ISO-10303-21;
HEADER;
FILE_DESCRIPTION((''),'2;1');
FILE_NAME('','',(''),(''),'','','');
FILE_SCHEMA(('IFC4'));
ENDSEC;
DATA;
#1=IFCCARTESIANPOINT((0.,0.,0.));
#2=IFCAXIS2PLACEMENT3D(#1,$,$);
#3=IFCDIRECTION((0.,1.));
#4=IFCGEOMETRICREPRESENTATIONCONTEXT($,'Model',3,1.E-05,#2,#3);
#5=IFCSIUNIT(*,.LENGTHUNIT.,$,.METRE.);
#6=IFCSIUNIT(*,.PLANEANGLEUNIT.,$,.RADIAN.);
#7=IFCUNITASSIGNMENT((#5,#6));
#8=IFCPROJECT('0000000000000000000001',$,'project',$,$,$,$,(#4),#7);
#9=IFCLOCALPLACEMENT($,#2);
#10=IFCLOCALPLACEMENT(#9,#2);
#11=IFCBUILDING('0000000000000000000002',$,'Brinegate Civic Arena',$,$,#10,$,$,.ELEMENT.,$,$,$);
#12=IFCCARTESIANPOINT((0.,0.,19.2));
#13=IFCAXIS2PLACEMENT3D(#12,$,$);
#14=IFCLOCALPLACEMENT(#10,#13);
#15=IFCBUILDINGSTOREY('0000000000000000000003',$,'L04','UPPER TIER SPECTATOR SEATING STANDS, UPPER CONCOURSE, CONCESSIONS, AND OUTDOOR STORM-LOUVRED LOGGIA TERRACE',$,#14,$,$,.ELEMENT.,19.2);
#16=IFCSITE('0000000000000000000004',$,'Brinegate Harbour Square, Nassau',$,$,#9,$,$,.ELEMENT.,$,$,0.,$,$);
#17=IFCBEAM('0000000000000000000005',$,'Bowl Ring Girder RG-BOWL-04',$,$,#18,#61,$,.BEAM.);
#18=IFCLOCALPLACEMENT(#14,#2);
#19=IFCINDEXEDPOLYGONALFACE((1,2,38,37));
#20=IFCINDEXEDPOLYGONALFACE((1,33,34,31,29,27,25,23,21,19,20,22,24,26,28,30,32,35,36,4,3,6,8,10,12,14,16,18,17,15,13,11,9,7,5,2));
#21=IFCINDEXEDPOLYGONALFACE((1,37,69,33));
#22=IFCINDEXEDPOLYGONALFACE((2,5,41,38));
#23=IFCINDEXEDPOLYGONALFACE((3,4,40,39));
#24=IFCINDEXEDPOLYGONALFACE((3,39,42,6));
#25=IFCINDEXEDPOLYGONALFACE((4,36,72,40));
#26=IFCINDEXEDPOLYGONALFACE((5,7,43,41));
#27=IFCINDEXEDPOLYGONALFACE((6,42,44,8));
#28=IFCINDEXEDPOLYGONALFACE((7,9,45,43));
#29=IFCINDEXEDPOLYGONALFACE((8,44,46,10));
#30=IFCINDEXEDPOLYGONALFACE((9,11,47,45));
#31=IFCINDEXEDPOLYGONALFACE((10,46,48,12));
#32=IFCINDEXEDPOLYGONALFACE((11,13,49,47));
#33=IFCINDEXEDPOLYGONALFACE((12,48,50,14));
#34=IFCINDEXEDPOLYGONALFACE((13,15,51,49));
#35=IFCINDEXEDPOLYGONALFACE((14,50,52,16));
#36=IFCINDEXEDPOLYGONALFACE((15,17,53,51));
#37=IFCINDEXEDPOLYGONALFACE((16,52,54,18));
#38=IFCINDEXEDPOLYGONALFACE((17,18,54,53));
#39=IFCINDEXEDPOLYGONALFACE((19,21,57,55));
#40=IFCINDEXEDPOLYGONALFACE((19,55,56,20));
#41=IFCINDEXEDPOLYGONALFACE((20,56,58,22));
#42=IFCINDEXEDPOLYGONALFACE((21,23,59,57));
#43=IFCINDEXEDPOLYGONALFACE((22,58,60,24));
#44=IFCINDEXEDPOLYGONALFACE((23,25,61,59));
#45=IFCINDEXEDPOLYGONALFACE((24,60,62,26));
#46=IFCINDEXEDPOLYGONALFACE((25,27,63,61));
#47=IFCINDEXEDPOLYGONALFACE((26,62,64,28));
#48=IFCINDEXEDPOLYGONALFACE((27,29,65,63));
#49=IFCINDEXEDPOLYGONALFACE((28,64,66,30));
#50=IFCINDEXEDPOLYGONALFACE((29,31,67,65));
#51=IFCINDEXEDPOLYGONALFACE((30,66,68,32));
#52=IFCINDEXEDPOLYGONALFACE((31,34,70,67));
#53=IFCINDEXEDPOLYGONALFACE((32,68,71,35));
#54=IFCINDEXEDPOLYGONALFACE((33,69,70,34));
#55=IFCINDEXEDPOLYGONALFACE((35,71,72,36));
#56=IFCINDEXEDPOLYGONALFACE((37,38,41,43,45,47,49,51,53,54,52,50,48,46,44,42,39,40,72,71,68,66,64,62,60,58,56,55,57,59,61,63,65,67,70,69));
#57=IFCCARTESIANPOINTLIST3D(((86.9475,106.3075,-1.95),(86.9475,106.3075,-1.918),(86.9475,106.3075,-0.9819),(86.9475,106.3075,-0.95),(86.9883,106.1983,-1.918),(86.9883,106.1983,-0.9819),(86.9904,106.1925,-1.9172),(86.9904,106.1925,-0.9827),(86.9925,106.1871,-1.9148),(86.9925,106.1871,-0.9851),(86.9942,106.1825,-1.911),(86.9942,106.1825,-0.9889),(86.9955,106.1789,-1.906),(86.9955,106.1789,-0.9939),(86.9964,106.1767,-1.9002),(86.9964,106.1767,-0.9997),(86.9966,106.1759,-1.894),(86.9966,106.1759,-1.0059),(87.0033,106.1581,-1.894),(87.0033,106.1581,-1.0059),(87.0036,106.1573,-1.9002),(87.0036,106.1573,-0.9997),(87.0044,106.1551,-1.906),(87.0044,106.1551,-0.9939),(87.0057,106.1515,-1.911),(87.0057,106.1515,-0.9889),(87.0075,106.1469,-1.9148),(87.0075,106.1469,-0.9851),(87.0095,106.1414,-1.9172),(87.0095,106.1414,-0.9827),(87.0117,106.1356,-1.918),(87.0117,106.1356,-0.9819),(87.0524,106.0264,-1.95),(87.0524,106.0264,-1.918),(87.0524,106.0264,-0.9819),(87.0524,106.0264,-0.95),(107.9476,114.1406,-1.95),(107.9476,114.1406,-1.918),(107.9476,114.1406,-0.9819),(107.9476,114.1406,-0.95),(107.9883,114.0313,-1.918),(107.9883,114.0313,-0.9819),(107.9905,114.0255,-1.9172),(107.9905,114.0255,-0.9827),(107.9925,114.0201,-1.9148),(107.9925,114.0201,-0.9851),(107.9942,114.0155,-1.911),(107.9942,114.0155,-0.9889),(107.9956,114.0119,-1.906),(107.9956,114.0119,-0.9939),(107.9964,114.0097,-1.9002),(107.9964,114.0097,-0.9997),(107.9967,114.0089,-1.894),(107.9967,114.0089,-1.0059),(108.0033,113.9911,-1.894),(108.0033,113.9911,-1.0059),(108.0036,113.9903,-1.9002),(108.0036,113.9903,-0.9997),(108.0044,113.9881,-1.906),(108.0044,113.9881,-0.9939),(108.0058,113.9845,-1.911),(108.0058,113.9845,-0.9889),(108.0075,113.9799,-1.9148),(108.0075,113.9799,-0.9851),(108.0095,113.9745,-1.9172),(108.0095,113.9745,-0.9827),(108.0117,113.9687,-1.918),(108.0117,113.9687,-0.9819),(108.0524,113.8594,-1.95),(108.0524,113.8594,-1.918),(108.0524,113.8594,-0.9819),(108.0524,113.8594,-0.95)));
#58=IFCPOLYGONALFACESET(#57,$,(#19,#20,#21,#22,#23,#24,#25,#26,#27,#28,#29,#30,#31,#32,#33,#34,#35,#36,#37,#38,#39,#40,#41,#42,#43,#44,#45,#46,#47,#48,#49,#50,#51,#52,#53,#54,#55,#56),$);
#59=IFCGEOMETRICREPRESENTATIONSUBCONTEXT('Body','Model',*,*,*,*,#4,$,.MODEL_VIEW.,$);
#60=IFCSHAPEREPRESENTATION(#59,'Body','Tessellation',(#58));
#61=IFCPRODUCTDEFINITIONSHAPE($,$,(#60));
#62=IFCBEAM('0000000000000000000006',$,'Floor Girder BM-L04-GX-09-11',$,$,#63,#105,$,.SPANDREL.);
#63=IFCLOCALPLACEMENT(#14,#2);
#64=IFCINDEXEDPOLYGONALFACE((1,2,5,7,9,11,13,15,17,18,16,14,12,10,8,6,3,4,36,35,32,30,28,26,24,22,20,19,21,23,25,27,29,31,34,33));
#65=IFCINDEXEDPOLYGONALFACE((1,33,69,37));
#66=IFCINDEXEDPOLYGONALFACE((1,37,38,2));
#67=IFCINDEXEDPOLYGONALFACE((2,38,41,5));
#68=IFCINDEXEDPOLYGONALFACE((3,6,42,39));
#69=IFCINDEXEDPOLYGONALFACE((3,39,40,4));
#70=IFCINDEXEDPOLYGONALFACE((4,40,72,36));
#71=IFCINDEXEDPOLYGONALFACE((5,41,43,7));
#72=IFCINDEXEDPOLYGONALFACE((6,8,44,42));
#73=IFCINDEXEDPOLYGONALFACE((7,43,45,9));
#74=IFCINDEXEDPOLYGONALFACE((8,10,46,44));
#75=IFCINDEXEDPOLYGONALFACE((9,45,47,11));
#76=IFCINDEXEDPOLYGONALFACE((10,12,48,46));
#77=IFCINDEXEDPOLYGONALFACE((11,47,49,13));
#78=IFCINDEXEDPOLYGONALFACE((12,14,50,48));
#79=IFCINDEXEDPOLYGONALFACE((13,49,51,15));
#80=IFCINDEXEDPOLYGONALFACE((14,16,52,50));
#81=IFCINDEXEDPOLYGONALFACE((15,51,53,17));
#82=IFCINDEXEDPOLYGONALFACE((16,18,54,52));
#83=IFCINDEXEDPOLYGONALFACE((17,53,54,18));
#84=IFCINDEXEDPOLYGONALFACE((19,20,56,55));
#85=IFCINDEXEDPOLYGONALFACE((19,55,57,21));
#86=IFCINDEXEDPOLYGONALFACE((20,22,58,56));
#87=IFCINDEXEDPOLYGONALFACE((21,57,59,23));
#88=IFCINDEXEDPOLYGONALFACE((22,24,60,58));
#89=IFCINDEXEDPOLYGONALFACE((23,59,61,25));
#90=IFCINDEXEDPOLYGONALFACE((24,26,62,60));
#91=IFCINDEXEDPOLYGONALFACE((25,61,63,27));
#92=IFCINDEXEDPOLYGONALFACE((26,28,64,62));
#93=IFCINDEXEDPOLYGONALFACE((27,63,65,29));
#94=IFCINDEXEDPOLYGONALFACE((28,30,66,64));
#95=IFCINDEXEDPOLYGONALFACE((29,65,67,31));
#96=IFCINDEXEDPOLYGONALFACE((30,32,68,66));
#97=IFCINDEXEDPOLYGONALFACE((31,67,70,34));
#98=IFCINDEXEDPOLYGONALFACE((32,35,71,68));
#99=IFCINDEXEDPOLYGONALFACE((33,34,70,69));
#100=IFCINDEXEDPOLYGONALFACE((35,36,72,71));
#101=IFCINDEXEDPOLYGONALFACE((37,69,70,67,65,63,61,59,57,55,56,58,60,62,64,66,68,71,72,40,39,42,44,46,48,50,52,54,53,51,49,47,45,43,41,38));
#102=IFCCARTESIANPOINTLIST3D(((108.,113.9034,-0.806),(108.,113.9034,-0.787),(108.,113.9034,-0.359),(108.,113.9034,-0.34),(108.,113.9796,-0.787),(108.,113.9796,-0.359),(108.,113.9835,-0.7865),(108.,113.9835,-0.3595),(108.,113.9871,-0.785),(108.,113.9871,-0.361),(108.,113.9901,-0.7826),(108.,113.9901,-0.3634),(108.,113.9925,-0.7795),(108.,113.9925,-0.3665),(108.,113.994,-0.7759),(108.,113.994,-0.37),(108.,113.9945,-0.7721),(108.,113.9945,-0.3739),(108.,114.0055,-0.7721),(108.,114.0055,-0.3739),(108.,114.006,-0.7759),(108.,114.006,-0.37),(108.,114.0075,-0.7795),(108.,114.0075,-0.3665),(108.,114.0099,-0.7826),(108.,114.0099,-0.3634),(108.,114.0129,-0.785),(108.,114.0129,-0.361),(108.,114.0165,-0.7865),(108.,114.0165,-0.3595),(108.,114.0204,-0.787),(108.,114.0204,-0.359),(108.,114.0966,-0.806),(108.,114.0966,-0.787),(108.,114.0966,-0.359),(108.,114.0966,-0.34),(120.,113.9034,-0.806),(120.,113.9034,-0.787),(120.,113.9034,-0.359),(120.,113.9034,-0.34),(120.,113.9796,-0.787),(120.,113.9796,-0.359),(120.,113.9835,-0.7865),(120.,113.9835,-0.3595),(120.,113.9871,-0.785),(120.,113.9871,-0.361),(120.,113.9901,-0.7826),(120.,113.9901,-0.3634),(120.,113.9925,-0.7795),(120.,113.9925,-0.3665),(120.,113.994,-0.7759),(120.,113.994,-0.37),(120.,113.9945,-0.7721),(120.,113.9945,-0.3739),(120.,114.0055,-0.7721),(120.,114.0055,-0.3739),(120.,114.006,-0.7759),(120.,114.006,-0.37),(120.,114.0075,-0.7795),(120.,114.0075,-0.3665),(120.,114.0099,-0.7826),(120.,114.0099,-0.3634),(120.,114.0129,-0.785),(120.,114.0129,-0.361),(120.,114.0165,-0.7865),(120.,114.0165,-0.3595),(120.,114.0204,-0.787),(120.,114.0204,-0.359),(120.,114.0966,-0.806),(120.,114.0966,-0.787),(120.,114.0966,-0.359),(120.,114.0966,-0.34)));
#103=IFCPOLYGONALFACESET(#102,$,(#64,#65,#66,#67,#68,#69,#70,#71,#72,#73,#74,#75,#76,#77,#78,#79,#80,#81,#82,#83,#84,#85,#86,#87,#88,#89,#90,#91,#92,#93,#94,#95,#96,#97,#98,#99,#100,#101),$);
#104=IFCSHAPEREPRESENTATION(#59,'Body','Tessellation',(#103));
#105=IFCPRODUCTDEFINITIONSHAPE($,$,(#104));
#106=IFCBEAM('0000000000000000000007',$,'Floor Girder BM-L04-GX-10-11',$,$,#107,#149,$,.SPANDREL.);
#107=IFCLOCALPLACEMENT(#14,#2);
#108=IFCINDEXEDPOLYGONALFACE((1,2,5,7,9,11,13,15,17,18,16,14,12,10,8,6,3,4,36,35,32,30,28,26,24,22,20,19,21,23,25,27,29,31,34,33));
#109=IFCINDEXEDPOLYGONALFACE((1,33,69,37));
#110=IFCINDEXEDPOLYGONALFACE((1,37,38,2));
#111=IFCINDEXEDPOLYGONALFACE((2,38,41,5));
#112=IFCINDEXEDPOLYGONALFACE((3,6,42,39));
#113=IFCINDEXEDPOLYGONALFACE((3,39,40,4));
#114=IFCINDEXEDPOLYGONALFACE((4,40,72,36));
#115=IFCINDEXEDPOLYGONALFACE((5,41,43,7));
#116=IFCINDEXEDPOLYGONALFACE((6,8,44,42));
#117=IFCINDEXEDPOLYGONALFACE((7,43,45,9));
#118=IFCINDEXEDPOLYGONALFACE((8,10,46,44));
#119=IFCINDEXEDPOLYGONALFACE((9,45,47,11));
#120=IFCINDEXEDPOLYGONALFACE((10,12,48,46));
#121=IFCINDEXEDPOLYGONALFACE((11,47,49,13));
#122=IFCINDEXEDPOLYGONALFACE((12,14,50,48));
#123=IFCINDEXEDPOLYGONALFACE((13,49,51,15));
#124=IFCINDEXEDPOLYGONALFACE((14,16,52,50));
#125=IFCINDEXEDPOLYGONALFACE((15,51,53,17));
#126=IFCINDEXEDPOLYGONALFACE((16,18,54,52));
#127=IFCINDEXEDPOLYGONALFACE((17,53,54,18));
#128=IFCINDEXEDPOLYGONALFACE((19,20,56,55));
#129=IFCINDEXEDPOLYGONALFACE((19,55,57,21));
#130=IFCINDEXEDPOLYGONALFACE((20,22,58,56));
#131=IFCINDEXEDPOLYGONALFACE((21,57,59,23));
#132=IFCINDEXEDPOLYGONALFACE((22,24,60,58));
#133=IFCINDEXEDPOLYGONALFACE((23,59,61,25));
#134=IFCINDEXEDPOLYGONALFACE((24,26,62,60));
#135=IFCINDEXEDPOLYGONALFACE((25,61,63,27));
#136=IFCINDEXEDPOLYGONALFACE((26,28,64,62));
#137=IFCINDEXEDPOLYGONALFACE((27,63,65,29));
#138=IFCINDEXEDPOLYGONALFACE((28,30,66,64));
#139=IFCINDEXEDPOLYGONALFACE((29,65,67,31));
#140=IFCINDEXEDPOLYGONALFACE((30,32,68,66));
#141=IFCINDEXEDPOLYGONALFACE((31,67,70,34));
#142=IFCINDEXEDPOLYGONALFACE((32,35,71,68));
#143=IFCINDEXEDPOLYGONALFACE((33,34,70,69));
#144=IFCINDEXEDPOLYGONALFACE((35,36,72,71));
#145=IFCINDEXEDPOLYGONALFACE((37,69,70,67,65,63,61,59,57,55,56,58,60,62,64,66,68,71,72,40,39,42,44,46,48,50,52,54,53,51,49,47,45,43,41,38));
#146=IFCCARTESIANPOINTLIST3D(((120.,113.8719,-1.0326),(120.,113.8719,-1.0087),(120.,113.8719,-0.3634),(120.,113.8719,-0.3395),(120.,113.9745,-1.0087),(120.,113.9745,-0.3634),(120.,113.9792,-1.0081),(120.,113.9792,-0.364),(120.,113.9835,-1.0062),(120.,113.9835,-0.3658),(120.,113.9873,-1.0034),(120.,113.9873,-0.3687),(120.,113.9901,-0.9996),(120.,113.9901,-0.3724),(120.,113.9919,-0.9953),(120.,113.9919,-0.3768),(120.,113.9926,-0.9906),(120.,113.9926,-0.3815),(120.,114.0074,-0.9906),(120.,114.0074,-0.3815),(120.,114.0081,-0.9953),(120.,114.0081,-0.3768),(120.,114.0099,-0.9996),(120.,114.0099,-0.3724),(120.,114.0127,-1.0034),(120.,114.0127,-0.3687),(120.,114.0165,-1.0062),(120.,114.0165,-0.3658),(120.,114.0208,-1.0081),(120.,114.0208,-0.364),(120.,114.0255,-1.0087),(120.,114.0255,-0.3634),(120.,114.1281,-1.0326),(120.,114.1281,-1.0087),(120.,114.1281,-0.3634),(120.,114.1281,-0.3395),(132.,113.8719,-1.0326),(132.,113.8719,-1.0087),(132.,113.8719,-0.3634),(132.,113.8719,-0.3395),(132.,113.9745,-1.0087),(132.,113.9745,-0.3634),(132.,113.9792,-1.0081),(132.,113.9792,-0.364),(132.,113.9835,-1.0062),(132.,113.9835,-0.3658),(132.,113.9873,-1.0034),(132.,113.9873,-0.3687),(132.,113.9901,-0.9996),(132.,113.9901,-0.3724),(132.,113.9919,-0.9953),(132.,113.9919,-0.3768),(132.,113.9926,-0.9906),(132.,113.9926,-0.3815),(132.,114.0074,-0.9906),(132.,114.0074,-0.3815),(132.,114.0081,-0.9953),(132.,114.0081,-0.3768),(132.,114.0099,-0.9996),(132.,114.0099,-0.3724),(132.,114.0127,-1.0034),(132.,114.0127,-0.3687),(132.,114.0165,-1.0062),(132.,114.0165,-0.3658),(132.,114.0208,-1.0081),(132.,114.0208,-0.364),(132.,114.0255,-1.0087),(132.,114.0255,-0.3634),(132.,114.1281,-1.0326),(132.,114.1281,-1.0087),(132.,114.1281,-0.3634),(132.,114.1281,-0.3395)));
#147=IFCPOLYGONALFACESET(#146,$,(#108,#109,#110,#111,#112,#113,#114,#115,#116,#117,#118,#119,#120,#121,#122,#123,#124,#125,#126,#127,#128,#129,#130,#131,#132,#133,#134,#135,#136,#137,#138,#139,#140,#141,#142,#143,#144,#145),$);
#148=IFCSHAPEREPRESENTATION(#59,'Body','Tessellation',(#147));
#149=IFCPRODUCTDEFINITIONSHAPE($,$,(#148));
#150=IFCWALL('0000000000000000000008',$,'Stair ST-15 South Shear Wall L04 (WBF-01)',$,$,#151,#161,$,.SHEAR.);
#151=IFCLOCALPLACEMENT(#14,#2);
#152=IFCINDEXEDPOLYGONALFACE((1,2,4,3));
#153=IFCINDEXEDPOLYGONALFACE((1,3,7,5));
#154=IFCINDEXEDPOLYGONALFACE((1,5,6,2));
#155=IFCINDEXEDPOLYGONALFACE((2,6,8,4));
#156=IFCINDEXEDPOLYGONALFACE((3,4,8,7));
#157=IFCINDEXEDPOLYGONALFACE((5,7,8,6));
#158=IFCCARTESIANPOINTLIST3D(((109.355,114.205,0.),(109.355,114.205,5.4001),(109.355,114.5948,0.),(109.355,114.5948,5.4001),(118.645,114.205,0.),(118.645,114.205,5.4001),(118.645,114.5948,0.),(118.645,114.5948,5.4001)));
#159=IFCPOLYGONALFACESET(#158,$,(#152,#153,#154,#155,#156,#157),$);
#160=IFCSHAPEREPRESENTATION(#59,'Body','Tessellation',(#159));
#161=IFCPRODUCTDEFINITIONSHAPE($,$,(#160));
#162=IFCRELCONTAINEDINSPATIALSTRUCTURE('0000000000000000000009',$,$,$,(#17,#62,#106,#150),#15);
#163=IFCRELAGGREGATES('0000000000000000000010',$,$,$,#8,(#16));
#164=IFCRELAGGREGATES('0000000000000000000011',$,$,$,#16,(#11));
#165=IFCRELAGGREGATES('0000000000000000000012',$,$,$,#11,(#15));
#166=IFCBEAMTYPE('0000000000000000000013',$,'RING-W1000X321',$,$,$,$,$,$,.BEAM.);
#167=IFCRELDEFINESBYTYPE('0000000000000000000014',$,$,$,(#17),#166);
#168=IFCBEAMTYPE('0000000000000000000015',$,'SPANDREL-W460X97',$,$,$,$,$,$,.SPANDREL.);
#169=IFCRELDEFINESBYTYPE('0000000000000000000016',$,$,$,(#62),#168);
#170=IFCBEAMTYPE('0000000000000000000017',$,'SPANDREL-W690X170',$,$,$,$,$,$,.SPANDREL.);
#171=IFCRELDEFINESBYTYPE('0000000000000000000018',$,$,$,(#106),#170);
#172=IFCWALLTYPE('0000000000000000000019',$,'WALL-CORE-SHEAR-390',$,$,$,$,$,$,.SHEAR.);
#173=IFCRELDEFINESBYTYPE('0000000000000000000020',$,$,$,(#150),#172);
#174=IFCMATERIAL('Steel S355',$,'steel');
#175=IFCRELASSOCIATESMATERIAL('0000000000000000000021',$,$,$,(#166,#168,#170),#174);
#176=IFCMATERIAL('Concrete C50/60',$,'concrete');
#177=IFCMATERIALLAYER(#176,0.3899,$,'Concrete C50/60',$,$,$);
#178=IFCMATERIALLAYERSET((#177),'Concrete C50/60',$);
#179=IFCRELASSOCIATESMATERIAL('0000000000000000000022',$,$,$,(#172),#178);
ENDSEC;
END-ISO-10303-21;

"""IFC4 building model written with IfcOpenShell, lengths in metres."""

from ifc_helpers import new_model, si_unit, direction, frame, frame_2d, origin, origin_2d, place, context, subcontext, project, spatial, rectangle, i_section, extrude, material, layer, layer_set, material_profile, profile_set, type_object, element, save


model = new_model("IFC4")

# Units and contexts
model_context = context("Model", 3, precision=1e-05, world=origin(), true_north=direction((0.0, 1.0)))
body_context = subcontext(model_context, "Body", "Model", "MODEL_VIEW")
ifc_project = project(units=[si_unit("LENGTHUNIT", "METRE"), si_unit("PLANEANGLEUNIT", "RADIAN")], contexts=[model_context])

# Site, building, storey
site_placement = place(None, origin())
site = spatial("IfcSite", under=ifc_project, at=site_placement, Name="Brinegate Harbour Square, Nassau", CompositionType="ELEMENT", RefElevation=0.0)
building_placement = place(site_placement, origin())
building = spatial("IfcBuilding", under=site, at=building_placement, Name="Brinegate Civic Arena", CompositionType="ELEMENT")
storey_placement = place(building_placement, frame((0.0, 0.0, 19.2)))
storey = spatial("IfcBuildingStorey", under=building, at=storey_placement, Name="L04", Description="UPPER TIER SPECTATOR SEATING STANDS, UPPER CONCOURSE, CONCESSIONS, AND OUTDOOR STORM-LOUVRED LOGGIA TERRACE", CompositionType="ELEMENT", Elevation=19.2)

# Shared definitions
ifc_material_1 = material(Name="Concrete C50/60", Category="concrete")

# Beams
ifc_material_2 = material(Name="Steel S355", Category="steel")
ifc_material_profile_1 = material_profile(ifc_material_2, i_section(OverallWidth=0.3, OverallDepth=1.0, WebThickness=0.019, FlangeThickness=0.032, FilletRadius=0.0239, at=origin_2d()), Name="W1000X321")
ifc_profile_set_1 = profile_set([ifc_material_profile_1], Name="Steel S355")
beam_type_1 = type_object("IfcBeamType", Name="RING-W1000X321", PredefinedType="BEAM", material=ifc_profile_set_1)
beam_1_placement = place(storey_placement, frame((108.0, 114.0, -1.45), z_axis=(-0.936944, -0.34948, 0.0), x_axis=(0.34948, -0.936944, 0.0)))
element("IfcBeam", 1, at=beam_1_placement, inside=storey, type_object=beam_type_1, Name="Bowl Ring Girder RG-BOWL-04", PredefinedType="BEAM", context=body_context, shape_type="SweptSolid", body=[
    extrude(i_section(OverallWidth=0.3, OverallDepth=1.0, WebThickness=0.019, FlangeThickness=0.032, FilletRadius=0.0239, at=origin_2d()), origin(), (0.0, 0.0, 1.0), 22.4133),
])
ifc_material_profile_2 = material_profile(ifc_material_2, i_section(OverallWidth=0.1931, OverallDepth=0.4661, WebThickness=0.011, FlangeThickness=0.019, FilletRadius=0.0149, at=origin_2d()), Name="W460X97")
ifc_profile_set_2 = profile_set([ifc_material_profile_2], Name="Steel S355")
beam_type_2 = type_object("IfcBeamType", Name="SPANDREL-W460X97", PredefinedType="SPANDREL", material=ifc_profile_set_2)
beam_2_placement = place(storey_placement, frame((108.0, 114.0, -0.573), z_axis=(1.0, 0.0, 0.0), x_axis=(0.0, 1.0, 0.0)))
element("IfcBeam", 2, at=beam_2_placement, inside=storey, type_object=beam_type_2, Name="Floor Girder BM-L04-GX-09-11", PredefinedType="SPANDREL", context=body_context, shape_type="SweptSolid", body=[
    extrude(i_section(OverallWidth=0.1931, OverallDepth=0.4661, WebThickness=0.011, FlangeThickness=0.019, FilletRadius=0.0149, at=origin_2d()), origin(), (0.0, 0.0, 1.0), 12.0),
])
ifc_material_profile_3 = material_profile(ifc_material_2, i_section(OverallWidth=0.2561, OverallDepth=0.6931, WebThickness=0.0149, FlangeThickness=0.0239, FilletRadius=0.0181, at=origin_2d()), Name="W690X170")
ifc_profile_set_3 = profile_set([ifc_material_profile_3], Name="Steel S355")
beam_type_3 = type_object("IfcBeamType", Name="SPANDREL-W690X170", PredefinedType="SPANDREL", material=ifc_profile_set_3)
beam_3_placement = place(storey_placement, frame((120.0, 114.0, -0.686), z_axis=(1.0, 0.0, 0.0), x_axis=(0.0, 1.0, 0.0)))
element("IfcBeam", 3, at=beam_3_placement, inside=storey, type_object=beam_type_3, Name="Floor Girder BM-L04-GX-10-11", PredefinedType="SPANDREL", context=body_context, shape_type="SweptSolid", body=[
    extrude(i_section(OverallWidth=0.2561, OverallDepth=0.6931, WebThickness=0.0149, FlangeThickness=0.0239, FilletRadius=0.0181, at=origin_2d()), origin(), (0.0, 0.0, 1.0), 12.0),
])

# Wall
ifc_layer_1 = layer(ifc_material_1, 0.3899, Name="Concrete C50/60")
ifc_layer_set_1 = layer_set([ifc_layer_1], Name="Concrete C50/60")
wall_type_1 = type_object("IfcWallType", Name="WALL-CORE-SHEAR-390", PredefinedType="SHEAR", material=ifc_layer_set_1)
wall_1_placement = place(storey_placement, frame((109.355, 114.3999, 0.0), z_axis=(0.0, 0.0, 1.0), x_axis=(1.0, 0.0, 0.0)))
element("IfcWall", 4, at=wall_1_placement, inside=storey, type_object=wall_type_1, Name="Stair ST-15 South Shear Wall L04 (WBF-01)", PredefinedType="SHEAR", context=body_context, shape_type="SweptSolid", body=[
    extrude(rectangle(XDim=9.29, YDim=0.3899, at=frame_2d((4.645, 0.0))), origin(), (0.0, 0.0, 1.0), 5.4001),
])

save(model, "model.ifc")
